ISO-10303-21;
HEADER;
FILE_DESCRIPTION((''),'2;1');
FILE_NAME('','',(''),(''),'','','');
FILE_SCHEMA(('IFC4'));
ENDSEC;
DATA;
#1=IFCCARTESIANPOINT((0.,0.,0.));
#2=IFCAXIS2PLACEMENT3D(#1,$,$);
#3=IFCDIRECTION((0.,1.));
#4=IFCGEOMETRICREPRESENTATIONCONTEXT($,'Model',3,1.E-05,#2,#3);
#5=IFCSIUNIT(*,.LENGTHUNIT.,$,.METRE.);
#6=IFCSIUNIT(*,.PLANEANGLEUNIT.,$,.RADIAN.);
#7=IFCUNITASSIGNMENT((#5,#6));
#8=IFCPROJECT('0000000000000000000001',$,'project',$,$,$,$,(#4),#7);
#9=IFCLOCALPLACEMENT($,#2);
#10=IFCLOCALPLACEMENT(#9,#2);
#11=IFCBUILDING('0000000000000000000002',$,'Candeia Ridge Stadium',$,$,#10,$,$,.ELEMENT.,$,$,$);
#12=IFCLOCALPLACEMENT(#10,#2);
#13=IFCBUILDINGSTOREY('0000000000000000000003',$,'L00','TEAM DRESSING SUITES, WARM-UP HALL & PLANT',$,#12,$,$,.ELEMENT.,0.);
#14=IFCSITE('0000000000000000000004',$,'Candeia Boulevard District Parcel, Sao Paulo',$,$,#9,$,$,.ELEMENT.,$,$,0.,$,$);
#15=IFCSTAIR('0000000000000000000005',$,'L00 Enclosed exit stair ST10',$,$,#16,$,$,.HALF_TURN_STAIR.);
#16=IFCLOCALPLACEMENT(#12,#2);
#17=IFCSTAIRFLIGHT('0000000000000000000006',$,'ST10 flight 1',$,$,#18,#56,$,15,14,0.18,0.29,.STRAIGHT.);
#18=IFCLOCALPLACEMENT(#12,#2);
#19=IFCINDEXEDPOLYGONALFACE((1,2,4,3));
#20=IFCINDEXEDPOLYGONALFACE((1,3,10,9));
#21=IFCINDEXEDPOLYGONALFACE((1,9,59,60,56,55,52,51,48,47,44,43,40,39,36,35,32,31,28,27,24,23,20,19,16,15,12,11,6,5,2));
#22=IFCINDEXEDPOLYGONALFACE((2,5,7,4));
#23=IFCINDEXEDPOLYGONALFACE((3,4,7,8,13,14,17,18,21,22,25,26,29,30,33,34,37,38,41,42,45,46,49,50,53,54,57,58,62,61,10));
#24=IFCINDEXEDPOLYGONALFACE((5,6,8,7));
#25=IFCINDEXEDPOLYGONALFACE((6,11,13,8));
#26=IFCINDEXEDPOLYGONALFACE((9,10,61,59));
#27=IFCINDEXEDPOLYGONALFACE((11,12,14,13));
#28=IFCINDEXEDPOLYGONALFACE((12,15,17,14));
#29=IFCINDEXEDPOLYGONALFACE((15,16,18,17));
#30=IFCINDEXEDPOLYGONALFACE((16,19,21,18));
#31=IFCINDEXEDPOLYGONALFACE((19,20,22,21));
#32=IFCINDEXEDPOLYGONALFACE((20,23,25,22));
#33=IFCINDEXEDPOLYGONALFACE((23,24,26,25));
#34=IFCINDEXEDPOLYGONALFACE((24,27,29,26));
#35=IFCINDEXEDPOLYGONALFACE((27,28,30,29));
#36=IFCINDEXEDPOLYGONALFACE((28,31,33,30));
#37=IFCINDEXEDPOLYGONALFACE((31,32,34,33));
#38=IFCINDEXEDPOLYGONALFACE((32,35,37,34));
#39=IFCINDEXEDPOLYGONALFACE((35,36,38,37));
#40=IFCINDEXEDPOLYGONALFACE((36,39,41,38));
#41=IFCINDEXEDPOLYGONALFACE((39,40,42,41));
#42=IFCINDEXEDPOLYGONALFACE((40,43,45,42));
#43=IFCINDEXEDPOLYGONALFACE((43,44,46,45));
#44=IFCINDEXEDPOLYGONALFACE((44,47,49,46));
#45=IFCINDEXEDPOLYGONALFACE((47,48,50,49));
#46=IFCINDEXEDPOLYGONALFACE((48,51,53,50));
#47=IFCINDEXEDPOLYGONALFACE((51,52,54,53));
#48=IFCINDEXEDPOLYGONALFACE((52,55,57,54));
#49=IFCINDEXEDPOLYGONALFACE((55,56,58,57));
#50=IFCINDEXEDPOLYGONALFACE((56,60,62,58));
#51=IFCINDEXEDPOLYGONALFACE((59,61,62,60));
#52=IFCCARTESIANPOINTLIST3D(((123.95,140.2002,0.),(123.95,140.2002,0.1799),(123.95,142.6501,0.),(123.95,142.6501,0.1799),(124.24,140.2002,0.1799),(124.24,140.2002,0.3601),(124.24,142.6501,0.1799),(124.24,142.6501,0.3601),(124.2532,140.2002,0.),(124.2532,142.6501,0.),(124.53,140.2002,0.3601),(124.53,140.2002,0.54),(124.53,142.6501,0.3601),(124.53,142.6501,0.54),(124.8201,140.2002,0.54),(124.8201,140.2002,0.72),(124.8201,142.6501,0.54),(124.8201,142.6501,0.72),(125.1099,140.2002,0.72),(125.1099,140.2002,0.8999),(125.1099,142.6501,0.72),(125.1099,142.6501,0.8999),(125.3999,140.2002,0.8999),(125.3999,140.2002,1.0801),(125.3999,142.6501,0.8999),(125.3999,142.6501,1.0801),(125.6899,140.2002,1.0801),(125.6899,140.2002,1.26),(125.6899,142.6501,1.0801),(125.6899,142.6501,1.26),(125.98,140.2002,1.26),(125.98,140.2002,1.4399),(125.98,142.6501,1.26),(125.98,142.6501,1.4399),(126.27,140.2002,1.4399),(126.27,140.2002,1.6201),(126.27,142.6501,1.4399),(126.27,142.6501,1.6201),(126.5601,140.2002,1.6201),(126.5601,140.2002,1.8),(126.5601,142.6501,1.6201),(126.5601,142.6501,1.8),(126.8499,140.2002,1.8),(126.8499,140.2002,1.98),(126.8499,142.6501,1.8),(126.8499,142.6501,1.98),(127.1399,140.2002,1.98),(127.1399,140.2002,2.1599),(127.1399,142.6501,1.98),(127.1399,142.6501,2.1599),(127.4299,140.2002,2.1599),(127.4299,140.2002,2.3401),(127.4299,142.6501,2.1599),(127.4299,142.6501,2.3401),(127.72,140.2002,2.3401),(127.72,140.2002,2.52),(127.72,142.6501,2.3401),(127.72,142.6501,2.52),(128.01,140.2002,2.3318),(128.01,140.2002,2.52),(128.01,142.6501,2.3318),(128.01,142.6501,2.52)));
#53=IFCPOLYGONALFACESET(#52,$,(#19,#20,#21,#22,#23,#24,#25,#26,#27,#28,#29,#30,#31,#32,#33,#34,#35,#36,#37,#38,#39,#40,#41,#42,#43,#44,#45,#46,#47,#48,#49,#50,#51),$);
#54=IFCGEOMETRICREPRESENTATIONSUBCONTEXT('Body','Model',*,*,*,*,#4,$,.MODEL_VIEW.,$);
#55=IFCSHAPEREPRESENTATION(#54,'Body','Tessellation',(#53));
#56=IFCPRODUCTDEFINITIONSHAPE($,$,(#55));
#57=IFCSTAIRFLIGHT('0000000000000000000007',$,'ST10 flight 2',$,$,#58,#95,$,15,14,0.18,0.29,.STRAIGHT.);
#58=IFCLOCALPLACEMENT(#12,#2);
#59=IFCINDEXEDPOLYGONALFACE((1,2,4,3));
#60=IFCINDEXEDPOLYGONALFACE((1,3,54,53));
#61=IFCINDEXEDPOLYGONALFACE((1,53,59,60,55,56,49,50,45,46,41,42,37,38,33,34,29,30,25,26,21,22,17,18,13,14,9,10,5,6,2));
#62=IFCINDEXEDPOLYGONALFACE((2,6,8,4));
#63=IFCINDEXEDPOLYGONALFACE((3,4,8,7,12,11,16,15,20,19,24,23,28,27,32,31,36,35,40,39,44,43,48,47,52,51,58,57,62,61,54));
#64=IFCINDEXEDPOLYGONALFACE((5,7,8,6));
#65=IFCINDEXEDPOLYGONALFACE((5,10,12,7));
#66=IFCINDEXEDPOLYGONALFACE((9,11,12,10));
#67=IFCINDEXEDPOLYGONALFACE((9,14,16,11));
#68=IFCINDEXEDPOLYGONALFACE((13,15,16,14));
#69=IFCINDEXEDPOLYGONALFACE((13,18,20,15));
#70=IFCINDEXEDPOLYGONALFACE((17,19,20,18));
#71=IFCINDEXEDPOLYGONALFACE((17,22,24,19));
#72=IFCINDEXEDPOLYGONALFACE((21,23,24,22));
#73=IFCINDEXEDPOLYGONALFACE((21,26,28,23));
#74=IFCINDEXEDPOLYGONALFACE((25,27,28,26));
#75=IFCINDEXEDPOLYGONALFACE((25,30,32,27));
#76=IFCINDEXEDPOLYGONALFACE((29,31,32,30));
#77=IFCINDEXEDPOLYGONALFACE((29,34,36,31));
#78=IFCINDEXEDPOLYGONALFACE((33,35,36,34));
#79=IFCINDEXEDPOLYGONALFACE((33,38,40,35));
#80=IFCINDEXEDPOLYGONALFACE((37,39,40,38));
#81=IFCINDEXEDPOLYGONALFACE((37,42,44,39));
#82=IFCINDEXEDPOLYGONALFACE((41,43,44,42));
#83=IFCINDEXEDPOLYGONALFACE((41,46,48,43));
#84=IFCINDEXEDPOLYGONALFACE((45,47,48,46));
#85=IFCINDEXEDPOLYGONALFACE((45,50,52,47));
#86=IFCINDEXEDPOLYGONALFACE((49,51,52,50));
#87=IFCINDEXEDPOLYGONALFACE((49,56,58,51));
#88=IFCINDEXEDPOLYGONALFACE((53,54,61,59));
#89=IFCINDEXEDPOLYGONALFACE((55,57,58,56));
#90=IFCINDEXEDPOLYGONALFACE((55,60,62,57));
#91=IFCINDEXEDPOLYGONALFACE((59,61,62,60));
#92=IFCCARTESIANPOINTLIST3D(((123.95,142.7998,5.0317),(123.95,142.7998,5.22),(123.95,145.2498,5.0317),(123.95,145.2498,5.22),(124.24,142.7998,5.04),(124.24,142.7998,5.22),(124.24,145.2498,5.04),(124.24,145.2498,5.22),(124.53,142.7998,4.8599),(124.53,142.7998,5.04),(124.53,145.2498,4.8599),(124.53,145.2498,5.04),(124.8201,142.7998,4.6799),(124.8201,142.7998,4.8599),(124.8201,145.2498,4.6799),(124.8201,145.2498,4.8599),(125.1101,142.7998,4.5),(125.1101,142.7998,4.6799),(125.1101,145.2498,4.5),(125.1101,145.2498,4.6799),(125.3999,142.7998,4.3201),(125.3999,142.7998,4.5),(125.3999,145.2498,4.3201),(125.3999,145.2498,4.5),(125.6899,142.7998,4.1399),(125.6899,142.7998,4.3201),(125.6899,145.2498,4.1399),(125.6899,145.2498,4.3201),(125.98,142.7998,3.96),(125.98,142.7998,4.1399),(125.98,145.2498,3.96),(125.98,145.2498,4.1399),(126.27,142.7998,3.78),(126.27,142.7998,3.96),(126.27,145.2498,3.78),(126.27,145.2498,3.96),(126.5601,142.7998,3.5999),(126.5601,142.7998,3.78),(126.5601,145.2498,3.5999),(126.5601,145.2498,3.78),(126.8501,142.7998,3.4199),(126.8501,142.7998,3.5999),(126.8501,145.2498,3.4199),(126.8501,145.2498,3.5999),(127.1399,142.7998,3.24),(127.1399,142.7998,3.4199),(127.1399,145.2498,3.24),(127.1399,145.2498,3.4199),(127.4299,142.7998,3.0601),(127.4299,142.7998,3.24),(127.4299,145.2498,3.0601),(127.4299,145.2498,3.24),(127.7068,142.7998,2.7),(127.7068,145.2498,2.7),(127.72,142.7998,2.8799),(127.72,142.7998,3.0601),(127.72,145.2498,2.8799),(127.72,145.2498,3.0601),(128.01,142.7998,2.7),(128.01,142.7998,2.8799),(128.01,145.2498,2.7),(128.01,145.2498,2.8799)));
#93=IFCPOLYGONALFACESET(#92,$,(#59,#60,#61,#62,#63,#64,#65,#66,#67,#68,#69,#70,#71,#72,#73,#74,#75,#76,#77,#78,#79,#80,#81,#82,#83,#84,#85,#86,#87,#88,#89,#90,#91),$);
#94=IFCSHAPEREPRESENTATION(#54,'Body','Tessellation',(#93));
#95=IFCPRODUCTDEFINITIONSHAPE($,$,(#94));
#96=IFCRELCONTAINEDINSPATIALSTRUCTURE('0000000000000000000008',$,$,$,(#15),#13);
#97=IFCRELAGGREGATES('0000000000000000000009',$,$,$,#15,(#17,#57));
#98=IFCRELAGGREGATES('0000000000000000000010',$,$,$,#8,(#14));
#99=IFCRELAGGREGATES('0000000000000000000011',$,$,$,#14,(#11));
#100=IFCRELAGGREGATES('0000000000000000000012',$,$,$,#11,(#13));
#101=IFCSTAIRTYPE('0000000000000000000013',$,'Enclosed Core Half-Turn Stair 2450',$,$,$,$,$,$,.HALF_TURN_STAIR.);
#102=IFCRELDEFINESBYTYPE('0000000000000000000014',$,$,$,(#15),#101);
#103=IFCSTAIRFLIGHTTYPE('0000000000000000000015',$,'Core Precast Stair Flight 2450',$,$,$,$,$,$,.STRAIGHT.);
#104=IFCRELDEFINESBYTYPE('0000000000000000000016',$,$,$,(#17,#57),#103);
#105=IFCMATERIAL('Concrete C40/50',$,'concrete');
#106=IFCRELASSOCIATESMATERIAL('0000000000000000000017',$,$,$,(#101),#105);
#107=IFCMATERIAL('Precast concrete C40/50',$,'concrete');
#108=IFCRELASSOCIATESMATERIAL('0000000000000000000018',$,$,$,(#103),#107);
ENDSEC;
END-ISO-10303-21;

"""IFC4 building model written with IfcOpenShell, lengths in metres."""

from ifc_helpers import new_model, si_unit, direction, frame, origin, place, context, subcontext, project, spatial, polyline, outline, extrude, material, type_object, element, aggregate, save


model = new_model("IFC4")

# Units and contexts
model_context = context("Model", 3, precision=1e-05, world=origin(), true_north=direction((0.0, 1.0)))
body_context = subcontext(model_context, "Body", "Model", "MODEL_VIEW")
ifc_project = project(units=[si_unit("LENGTHUNIT", "METRE"), si_unit("PLANEANGLEUNIT", "RADIAN")], contexts=[model_context])

# Site, building, storey
site_placement = place(None, origin())
site = spatial("IfcSite", under=ifc_project, at=site_placement, Name="Candeia Boulevard District Parcel, Sao Paulo", CompositionType="ELEMENT", RefElevation=0.0)
building_placement = place(site_placement, origin())
building = spatial("IfcBuilding", under=site, at=building_placement, Name="Candeia Ridge Stadium", CompositionType="ELEMENT")
storey_placement = place(building_placement, origin())
storey = spatial("IfcBuildingStorey", under=building, at=storey_placement, Name="L00", Description="TEAM DRESSING SUITES, WARM-UP HALL & PLANT", CompositionType="ELEMENT", Elevation=0.0)

# Shared definitions
ifc_material_1 = material(Name="Concrete C40/50", Category="concrete")

# Stair, stair flights
stair_type = type_object("IfcStairType", Name="Enclosed Core Half-Turn Stair 2450", PredefinedType="HALF_TURN_STAIR", material=ifc_material_1)
ifc_material_2 = material(Name="Precast concrete C40/50", Category="concrete")
stair_flight_type = type_object("IfcStairFlightType", Name="Core Precast Stair Flight 2450", PredefinedType="STRAIGHT", material=ifc_material_2)
stair_1_placement = place(storey_placement, origin())
stair_1 = element("IfcStair", 1, at=stair_1_placement, inside=storey, type_object=stair_type, Name="L00 Enclosed exit stair ST10", PredefinedType="HALF_TURN_STAIR")
stair_flight_1_placement = place(storey_placement, frame((123.95, 141.425, 0.0), z_axis=(0.0, 0.0, 1.0), x_axis=(1.0, 0.0, 0.0)))
stair_flight_1 = element("IfcStairFlight", 2, at=stair_flight_1_placement, type_object=stair_flight_type, Name="ST10 flight 1", NumberOfRisers=15, NumberOfTreads=14, PredefinedType="STRAIGHT", RiserHeight=0.18, TreadLength=0.29, context=body_context, shape_type="SweptSolid", body=[
    extrude(outline(polyline([(0.0, 0.0), (0.0, 0.1799), (0.29, 0.1799), (0.29, 0.3601), (0.5801, 0.3601), (0.5801, 0.54), (0.8701, 0.54), (0.8701, 0.72), (1.1599, 0.72), (1.1599, 0.8999), (1.45, 0.8999), (1.45, 1.0801), (1.74, 1.0801), (1.74, 1.26), (2.03, 1.26), (2.03, 1.4399), (2.3201, 1.4399), (2.3201, 1.6201), (2.6101, 1.6201), (2.6101, 1.8), (2.8999, 1.8), (2.8999, 1.98), (3.1899, 1.98), (3.1899, 2.1599), (3.48, 2.1599), (3.48, 2.3401), (3.77, 2.3401), (3.77, 2.52), (4.0601, 2.52), (4.0601, 2.7), (4.0601, 2.3318), (0.3032, 0.0), (0.0, 0.0)])), frame((0.0, 1.2251, 0.0), z_axis=(0.0, -1.0, 0.0), x_axis=(1.0, 0.0, 0.0)), (0.0, 0.0, 1.0), 2.45),
])
stair_flight_2_placement = place(storey_placement, frame((128.01, 144.0249, 2.7), z_axis=(0.0, 0.0, 1.0), x_axis=(-1.0, 0.0, 0.0)))
stair_flight_2 = element("IfcStairFlight", 3, at=stair_flight_2_placement, type_object=stair_flight_type, Name="ST10 flight 2", NumberOfRisers=15, NumberOfTreads=14, PredefinedType="STRAIGHT", RiserHeight=0.18, TreadLength=0.29, context=body_context, shape_type="SweptSolid", body=[
    extrude(outline(polyline([(0.0, 0.0), (0.0, 0.1799), (0.29, 0.1799), (0.29, 0.3601), (0.5801, 0.3601), (0.5801, 0.54), (0.8701, 0.54), (0.8701, 0.72), (1.1599, 0.72), (1.1599, 0.8999), (1.45, 0.8999), (1.45, 1.0801), (1.74, 1.0801), (1.74, 1.26), (2.03, 1.26), (2.03, 1.4399), (2.3201, 1.4399), (2.3201, 1.6201), (2.6101, 1.6201), (2.6101, 1.8), (2.8999, 1.8), (2.8999, 1.98), (3.1899, 1.98), (3.1899, 2.1599), (3.48, 2.1599), (3.48, 2.3401), (3.77, 2.3401), (3.77, 2.52), (4.0601, 2.52), (4.0601, 2.7), (4.0601, 2.3318), (0.3032, 0.0), (0.0, 0.0)])), frame((0.0, 1.2251, 0.0), z_axis=(0.0, -1.0, 0.0), x_axis=(1.0, 0.0, 0.0)), (0.0, 0.0, 1.0), 2.45),
])
aggregate(stair_1, [stair_flight_1, stair_flight_2])

save(model, "model.ifc")
